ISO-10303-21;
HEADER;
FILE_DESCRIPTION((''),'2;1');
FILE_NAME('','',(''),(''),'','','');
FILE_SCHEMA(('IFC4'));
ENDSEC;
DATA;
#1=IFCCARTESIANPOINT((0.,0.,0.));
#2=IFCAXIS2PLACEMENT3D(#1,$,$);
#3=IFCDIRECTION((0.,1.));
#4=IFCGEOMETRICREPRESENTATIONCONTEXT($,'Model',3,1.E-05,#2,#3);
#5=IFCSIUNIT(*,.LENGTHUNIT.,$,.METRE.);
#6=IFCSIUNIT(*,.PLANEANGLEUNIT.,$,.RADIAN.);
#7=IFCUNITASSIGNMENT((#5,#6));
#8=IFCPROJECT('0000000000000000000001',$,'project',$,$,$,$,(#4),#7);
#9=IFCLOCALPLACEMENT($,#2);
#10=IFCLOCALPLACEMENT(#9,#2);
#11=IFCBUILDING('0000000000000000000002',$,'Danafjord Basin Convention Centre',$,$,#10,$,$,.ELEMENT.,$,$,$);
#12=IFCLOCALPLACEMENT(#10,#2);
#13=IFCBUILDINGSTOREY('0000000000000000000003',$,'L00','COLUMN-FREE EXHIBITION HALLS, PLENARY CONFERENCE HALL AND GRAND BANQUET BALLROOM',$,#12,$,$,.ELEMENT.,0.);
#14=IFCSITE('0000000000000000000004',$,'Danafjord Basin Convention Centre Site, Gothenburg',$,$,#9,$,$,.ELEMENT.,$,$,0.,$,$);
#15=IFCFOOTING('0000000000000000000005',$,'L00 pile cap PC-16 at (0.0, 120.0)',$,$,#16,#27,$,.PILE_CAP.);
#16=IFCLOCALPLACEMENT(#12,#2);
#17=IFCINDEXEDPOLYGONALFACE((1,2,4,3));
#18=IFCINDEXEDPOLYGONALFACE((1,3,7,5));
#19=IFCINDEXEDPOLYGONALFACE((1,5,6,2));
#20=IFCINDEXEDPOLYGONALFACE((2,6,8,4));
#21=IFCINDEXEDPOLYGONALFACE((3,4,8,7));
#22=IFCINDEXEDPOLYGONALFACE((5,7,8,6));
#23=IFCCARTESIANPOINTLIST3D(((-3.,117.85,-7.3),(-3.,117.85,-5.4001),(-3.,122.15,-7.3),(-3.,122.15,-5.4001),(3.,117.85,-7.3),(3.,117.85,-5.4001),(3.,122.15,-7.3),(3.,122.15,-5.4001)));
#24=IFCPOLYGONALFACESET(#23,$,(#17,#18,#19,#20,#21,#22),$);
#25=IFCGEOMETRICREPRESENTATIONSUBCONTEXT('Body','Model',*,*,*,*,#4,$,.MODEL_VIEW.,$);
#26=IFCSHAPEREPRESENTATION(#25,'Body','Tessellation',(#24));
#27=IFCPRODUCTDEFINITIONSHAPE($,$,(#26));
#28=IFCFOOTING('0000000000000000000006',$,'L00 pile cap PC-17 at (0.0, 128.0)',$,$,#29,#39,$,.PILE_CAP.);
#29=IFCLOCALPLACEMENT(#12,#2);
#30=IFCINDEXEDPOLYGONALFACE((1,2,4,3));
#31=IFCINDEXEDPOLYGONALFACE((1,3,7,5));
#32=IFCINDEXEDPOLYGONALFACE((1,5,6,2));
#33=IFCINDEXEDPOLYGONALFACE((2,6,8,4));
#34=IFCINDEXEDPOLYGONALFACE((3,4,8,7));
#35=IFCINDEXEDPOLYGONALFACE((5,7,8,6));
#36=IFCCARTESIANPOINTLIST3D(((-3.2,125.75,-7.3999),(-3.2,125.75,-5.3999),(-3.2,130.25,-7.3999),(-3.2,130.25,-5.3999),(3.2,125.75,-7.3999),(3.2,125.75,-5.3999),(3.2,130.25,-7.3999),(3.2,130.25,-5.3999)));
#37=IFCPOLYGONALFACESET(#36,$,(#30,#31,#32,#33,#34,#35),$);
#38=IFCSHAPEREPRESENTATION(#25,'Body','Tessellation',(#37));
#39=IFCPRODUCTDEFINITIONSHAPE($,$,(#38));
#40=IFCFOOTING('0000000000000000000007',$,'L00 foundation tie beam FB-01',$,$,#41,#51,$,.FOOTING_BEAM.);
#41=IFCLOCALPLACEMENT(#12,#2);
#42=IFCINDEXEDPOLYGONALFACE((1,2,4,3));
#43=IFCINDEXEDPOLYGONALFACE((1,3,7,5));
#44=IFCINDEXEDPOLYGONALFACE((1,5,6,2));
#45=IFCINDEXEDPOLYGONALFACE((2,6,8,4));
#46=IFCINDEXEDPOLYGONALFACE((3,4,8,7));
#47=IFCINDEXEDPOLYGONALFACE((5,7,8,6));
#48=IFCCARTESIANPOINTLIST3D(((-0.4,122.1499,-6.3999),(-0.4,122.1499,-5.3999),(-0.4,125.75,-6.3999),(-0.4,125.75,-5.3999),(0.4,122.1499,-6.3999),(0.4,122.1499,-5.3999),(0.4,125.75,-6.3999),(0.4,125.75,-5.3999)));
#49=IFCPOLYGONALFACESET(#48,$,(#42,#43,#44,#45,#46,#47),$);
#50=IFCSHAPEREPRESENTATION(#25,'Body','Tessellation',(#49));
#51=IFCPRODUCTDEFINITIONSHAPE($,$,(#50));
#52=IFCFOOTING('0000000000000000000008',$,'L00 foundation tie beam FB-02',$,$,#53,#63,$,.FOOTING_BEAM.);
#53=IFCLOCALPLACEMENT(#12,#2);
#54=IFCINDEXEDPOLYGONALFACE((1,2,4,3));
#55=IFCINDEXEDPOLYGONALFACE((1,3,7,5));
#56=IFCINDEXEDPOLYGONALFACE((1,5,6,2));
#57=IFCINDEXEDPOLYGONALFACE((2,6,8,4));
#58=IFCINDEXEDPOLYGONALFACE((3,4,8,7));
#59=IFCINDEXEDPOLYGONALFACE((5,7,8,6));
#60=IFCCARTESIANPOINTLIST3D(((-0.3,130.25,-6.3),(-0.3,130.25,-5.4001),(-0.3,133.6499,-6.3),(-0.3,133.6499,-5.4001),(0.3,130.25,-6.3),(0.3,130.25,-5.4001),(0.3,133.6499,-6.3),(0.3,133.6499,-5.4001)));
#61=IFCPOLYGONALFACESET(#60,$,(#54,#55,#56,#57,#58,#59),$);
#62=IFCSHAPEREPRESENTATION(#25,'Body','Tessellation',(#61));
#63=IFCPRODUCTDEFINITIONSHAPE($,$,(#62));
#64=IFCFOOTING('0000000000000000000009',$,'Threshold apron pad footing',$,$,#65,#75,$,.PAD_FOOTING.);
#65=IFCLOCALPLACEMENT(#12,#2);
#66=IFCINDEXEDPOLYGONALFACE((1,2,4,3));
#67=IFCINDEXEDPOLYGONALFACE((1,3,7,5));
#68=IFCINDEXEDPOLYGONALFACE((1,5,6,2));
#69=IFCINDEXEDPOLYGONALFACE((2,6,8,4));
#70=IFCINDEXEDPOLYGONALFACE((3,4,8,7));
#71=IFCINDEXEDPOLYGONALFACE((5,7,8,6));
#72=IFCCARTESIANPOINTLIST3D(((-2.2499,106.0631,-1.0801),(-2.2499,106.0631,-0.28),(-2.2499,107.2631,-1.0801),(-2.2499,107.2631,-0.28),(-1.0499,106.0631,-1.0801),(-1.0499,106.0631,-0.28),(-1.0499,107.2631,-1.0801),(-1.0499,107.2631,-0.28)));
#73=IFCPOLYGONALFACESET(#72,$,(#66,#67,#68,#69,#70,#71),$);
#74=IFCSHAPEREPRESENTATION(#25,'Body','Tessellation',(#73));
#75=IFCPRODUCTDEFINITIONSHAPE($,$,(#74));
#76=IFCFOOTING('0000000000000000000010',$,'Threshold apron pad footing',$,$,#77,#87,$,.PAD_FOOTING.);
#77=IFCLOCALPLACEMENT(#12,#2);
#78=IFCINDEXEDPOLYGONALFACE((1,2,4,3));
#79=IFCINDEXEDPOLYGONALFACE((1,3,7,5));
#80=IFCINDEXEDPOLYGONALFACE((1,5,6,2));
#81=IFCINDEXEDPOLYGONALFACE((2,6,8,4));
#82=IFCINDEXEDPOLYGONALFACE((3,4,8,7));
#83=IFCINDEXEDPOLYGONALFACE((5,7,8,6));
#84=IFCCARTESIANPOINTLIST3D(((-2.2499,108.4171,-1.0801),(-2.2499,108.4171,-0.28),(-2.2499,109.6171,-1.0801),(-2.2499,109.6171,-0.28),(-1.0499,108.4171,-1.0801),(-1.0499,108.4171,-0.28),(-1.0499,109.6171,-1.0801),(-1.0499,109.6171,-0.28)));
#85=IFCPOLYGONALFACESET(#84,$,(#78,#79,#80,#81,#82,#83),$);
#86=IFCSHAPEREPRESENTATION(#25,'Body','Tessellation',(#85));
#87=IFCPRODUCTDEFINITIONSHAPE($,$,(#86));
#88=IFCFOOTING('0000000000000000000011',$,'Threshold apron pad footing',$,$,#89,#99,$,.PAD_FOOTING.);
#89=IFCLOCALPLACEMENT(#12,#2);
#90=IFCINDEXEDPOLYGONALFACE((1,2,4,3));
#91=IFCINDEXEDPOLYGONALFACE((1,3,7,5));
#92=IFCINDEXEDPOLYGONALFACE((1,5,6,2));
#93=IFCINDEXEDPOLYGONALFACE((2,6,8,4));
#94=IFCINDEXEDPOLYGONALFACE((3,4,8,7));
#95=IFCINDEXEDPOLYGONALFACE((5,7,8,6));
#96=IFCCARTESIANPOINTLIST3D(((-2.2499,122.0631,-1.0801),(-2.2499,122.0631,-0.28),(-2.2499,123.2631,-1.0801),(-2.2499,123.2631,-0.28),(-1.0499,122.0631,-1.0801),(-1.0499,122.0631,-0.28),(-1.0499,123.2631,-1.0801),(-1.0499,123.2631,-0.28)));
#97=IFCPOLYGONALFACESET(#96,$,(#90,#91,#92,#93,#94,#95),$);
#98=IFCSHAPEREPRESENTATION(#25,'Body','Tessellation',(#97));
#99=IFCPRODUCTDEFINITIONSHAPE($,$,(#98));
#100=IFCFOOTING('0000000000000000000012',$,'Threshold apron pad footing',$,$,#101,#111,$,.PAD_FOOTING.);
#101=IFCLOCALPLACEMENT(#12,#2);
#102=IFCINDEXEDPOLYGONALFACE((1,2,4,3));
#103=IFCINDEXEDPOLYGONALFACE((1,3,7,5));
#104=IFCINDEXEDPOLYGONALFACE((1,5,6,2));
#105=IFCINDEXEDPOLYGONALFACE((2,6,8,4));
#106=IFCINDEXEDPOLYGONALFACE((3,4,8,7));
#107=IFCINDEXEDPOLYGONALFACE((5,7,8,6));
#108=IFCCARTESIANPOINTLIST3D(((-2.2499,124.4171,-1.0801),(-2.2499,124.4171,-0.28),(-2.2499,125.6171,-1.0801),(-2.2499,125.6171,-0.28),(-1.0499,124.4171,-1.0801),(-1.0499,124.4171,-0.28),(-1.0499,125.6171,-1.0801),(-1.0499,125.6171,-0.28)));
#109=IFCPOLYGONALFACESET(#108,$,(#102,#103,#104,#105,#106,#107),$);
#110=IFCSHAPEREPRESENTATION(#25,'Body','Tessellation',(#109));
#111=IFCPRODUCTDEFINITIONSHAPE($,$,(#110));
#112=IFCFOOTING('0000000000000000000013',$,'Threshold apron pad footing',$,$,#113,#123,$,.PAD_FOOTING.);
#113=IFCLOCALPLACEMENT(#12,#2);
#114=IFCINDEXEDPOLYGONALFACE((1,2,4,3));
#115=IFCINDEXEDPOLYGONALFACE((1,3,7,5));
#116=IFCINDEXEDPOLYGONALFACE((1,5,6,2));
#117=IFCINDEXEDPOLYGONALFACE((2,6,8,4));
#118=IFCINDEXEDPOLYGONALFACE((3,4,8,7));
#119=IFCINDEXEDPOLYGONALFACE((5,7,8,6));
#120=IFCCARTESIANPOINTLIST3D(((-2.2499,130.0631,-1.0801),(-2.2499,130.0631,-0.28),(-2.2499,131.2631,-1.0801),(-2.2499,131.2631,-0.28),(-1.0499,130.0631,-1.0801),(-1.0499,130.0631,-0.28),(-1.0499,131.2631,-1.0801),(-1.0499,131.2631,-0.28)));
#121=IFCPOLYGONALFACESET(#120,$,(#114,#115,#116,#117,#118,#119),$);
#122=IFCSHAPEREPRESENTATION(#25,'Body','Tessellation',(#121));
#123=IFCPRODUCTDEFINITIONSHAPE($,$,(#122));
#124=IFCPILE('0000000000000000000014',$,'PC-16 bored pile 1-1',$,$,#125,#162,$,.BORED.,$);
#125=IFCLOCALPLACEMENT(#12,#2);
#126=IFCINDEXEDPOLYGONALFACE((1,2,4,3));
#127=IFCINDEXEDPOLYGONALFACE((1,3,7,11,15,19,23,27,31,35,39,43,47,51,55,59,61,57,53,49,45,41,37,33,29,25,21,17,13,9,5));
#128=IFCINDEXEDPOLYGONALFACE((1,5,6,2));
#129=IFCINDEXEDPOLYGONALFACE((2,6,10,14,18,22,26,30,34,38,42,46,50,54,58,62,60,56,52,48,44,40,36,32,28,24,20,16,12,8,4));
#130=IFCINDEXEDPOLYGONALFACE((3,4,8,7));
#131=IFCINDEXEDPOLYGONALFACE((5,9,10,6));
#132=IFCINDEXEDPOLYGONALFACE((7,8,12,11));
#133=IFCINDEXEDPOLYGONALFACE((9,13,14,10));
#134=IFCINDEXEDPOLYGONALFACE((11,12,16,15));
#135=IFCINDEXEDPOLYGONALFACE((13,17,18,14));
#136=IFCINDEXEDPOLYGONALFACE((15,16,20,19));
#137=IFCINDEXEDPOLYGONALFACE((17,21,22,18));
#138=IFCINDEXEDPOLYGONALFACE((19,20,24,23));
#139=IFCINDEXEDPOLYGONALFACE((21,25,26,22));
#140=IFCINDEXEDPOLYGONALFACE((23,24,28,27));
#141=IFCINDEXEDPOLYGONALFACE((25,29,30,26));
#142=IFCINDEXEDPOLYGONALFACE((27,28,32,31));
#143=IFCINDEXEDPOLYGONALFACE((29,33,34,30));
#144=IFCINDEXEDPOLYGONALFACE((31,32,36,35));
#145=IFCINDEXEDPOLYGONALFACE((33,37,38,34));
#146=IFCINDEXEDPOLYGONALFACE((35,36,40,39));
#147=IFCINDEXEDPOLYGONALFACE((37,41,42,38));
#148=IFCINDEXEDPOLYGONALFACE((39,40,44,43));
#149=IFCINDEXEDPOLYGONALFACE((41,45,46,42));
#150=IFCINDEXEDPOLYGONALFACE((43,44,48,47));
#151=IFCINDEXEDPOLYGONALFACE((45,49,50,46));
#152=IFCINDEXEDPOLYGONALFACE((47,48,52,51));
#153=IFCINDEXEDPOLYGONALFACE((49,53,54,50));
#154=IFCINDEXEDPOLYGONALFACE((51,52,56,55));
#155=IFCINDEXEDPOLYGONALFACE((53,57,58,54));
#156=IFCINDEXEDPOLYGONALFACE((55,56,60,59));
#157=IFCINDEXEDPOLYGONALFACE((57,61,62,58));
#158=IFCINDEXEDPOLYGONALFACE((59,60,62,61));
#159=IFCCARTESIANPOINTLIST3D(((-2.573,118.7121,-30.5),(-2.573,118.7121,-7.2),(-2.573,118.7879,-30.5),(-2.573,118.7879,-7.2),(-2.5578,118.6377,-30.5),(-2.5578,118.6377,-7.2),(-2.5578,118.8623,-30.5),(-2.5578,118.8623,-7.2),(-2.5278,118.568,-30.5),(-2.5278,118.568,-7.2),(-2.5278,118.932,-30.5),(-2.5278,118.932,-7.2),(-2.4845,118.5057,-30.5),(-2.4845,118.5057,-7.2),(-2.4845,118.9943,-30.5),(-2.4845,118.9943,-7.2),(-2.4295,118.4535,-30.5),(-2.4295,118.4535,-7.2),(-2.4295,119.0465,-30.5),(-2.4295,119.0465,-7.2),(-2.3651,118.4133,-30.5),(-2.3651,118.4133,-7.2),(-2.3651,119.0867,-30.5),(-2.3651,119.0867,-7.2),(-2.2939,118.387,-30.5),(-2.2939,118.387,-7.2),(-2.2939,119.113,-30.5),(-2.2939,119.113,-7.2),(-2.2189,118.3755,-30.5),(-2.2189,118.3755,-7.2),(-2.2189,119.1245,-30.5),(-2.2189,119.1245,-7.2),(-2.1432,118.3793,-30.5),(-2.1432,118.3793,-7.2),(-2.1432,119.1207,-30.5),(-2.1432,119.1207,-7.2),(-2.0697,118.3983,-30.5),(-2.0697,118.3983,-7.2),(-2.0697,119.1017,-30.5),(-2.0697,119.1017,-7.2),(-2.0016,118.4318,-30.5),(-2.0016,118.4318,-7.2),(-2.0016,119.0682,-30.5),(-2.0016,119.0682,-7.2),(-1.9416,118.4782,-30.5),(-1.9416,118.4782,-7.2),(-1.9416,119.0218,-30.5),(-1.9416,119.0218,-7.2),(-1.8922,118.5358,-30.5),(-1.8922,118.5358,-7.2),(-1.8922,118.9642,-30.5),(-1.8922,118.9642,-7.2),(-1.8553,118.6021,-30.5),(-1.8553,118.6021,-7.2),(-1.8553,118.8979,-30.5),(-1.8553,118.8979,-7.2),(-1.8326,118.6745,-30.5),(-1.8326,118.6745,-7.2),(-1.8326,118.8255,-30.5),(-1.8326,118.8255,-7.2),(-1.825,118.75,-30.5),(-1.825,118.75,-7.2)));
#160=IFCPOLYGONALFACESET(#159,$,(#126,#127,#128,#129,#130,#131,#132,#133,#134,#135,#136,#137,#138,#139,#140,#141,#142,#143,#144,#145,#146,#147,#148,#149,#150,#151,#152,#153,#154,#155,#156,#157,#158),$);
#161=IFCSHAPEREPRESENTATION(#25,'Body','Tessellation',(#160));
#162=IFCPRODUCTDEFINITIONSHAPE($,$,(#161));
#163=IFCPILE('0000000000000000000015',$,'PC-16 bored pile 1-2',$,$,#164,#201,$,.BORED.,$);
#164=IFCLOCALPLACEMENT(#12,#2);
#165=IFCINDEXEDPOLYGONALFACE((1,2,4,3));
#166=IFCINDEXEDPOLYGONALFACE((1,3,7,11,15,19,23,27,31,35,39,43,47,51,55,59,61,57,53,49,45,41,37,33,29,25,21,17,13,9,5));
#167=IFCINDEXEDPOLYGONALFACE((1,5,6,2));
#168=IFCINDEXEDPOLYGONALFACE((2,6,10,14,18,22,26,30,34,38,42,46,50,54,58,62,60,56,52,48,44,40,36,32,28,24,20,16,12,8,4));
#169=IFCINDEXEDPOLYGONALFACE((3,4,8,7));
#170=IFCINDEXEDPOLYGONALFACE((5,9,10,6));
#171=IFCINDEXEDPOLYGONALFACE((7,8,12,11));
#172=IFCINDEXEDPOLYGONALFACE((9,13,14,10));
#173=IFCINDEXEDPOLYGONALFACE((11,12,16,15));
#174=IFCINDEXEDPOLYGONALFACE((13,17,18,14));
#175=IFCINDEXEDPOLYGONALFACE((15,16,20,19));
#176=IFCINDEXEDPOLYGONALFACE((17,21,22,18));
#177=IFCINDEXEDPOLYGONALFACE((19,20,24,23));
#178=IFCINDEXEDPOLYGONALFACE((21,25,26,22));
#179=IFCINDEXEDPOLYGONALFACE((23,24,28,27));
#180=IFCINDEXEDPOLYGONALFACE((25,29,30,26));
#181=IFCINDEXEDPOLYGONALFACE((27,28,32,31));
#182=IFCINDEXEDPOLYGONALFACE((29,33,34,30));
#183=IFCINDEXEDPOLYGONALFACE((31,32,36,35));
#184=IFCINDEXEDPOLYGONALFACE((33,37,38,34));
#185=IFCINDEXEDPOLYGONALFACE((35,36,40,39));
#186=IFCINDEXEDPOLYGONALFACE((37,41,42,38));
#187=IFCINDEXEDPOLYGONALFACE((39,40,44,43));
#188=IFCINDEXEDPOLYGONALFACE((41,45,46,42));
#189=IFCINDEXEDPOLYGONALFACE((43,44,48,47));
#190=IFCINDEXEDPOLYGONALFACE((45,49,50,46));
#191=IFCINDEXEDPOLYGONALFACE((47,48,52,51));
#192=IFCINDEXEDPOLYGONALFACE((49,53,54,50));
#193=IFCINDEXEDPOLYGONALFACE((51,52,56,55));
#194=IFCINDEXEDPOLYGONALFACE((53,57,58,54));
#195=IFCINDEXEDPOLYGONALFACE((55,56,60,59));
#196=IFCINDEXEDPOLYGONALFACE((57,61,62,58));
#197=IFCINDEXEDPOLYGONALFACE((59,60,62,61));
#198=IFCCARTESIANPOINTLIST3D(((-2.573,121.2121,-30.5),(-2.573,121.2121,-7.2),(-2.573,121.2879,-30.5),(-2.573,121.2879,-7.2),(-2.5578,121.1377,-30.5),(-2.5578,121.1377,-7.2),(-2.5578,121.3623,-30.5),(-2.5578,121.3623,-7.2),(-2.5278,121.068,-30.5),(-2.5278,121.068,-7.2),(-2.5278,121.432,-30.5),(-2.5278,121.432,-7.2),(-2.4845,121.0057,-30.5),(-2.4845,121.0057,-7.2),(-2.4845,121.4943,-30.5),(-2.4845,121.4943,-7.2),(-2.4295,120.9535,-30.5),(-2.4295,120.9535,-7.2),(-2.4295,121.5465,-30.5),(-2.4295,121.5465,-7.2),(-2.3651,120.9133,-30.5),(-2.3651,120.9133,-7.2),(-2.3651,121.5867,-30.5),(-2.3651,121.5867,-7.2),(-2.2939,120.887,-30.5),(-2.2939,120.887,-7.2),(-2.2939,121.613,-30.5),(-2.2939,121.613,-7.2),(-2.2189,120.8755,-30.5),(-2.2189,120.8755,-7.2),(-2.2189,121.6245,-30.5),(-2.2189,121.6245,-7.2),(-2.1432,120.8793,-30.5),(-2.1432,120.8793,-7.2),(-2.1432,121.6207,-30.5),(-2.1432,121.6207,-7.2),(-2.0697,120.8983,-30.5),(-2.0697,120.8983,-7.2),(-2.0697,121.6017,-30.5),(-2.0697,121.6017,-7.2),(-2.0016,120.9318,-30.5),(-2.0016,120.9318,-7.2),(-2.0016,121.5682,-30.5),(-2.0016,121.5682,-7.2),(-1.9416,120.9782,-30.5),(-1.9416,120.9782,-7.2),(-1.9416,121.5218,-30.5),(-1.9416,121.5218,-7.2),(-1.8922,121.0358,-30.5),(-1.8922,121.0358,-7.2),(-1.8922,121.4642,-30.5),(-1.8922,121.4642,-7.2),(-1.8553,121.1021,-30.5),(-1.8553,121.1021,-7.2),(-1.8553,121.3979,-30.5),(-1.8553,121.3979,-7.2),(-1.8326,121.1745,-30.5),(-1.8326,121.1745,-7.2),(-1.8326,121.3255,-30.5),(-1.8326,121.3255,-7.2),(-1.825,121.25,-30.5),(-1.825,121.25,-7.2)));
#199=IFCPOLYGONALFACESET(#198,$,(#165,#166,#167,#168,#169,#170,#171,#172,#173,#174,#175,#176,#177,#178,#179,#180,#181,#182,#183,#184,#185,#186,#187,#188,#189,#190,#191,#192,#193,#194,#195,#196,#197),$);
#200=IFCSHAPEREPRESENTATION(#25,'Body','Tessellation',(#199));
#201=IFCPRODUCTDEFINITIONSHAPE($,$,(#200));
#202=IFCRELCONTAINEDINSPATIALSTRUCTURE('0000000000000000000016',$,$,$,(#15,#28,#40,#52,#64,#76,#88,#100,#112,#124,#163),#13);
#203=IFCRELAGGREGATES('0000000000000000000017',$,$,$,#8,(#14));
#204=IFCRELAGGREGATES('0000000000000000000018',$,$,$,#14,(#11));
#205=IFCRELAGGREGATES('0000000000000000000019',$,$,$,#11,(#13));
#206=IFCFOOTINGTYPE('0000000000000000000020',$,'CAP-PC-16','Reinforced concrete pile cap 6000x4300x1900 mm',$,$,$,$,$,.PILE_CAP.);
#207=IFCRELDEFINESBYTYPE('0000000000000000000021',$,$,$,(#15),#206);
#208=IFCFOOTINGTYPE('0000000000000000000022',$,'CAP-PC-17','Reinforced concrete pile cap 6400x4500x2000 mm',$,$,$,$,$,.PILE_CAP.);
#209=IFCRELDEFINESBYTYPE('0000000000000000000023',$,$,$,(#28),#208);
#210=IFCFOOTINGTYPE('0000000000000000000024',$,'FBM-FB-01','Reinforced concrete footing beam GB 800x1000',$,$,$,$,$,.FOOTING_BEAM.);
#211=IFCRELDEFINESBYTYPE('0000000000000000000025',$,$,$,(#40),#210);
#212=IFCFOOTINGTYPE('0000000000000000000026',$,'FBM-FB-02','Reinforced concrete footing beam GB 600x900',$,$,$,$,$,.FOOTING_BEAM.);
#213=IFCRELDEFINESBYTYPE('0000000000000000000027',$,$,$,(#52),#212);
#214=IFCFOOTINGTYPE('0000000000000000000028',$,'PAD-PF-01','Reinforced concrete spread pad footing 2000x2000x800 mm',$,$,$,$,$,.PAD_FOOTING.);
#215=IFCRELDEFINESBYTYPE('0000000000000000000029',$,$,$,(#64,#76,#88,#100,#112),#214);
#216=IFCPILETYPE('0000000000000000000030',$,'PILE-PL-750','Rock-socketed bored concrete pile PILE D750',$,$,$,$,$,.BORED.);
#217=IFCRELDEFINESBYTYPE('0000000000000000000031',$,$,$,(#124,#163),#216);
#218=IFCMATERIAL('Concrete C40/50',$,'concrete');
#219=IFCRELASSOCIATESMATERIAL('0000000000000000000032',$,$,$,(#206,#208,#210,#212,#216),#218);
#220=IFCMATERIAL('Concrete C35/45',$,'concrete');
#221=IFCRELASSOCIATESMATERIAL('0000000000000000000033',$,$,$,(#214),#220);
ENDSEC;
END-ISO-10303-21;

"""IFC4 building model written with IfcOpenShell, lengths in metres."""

from ifc_helpers import new_model, si_unit, direction, frame, origin, origin_2d, place, context, subcontext, project, spatial, rectangle, circle, extrude, material, material_profile, profile_set, type_object, element, save


model = new_model("IFC4")

# Units and contexts
model_context = context("Model", 3, precision=1e-05, world=origin(), true_north=direction((0.0, 1.0)))
body_context = subcontext(model_context, "Body", "Model", "MODEL_VIEW")
ifc_project = project(units=[si_unit("LENGTHUNIT", "METRE"), si_unit("PLANEANGLEUNIT", "RADIAN")], contexts=[model_context])

# Site, building, storey
site_placement = place(None, origin())
site = spatial("IfcSite", under=ifc_project, at=site_placement, Name="Danafjord Basin Convention Centre Site, Gothenburg", CompositionType="ELEMENT", RefElevation=0.0)
building_placement = place(site_placement, origin())
building = spatial("IfcBuilding", under=site, at=building_placement, Name="Danafjord Basin Convention Centre", CompositionType="ELEMENT")
storey_placement = place(building_placement, origin())
storey = spatial("IfcBuildingStorey", under=building, at=storey_placement, Name="L00", Description="COLUMN-FREE EXHIBITION HALLS, PLENARY CONFERENCE HALL AND GRAND BANQUET BALLROOM", CompositionType="ELEMENT", Elevation=0.0)

# Footings
ifc_material_1 = material(Name="Concrete C40/50", Category="concrete")
footing_type_1 = type_object("IfcFootingType", Name="CAP-PC-16", Description="Reinforced concrete pile cap 6000x4300x1900 mm", PredefinedType="PILE_CAP", material=ifc_material_1)
footing_1_placement = place(storey_placement, frame((0.0, 120.0, -7.3), z_axis=(0.0, 0.0, 1.0), x_axis=(1.0, 0.0, 0.0)))
element("IfcFooting", 1, at=footing_1_placement, inside=storey, type_object=footing_type_1, Name="L00 pile cap PC-16 at (0.0, 120.0)", PredefinedType="PILE_CAP", context=body_context, shape_type="SweptSolid", body=[
    extrude(rectangle(XDim=6.0, YDim=4.3, at=origin_2d()), origin(), (0.0, 0.0, 1.0), 1.8999),
])
footing_type_2 = type_object("IfcFootingType", Name="CAP-PC-17", Description="Reinforced concrete pile cap 6400x4500x2000 mm", PredefinedType="PILE_CAP", material=ifc_material_1)
footing_2_placement = place(storey_placement, frame((0.0, 128.0, -7.3999), z_axis=(0.0, 0.0, 1.0), x_axis=(1.0, 0.0, 0.0)))
element("IfcFooting", 2, at=footing_2_placement, inside=storey, type_object=footing_type_2, Name="L00 pile cap PC-17 at (0.0, 128.0)", PredefinedType="PILE_CAP", context=body_context, shape_type="SweptSolid", body=[
    extrude(rectangle(XDim=6.3999, YDim=4.5, at=origin_2d()), origin(), (0.0, 0.0, 1.0), 2.0),
])
ifc_material_profile_1 = material_profile(ifc_material_1, rectangle(XDim=0.8, YDim=1.0, at=origin_2d()), Name="GB 800x1000")
ifc_profile_set_1 = profile_set([ifc_material_profile_1], Name="Concrete C40/50")
footing_type_3 = type_object("IfcFootingType", Name="FBM-FB-01", Description="Reinforced concrete footing beam GB 800x1000", PredefinedType="FOOTING_BEAM", material=ifc_profile_set_1)
footing_3_placement = place(storey_placement, frame((0.0, 122.1499, -5.8999), z_axis=(0.0, 1.0, 0.0), x_axis=(-1.0, 0.0, 0.0)))
element("IfcFooting", 3, at=footing_3_placement, inside=storey, type_object=footing_type_3, Name="L00 foundation tie beam FB-01", PredefinedType="FOOTING_BEAM", context=body_context, shape_type="SweptSolid", body=[
    extrude(rectangle(XDim=0.8, YDim=1.0, at=origin_2d()), origin(), (0.0, 0.0, 1.0), 3.6001),
])
ifc_material_profile_2 = material_profile(ifc_material_1, rectangle(XDim=0.6001, YDim=0.8999, at=origin_2d()), Name="GB 600x900")
ifc_profile_set_2 = profile_set([ifc_material_profile_2], Name="Concrete C40/50")
footing_type_4 = type_object("IfcFootingType", Name="FBM-FB-02", Description="Reinforced concrete footing beam GB 600x900", PredefinedType="FOOTING_BEAM", material=ifc_profile_set_2)
footing_4_placement = place(storey_placement, frame((0.0, 130.25, -5.8501), z_axis=(0.0, 1.0, 0.0), x_axis=(-1.0, 0.0, 0.0)))
element("IfcFooting", 4, at=footing_4_placement, inside=storey, type_object=footing_type_4, Name="L00 foundation tie beam FB-02", PredefinedType="FOOTING_BEAM", context=body_context, shape_type="SweptSolid", body=[
    extrude(rectangle(XDim=0.6001, YDim=0.8999, at=origin_2d()), origin(), (0.0, 0.0, 1.0), 3.3999),
])
ifc_material_2 = material(Name="Concrete C35/45", Category="concrete")
footing_type_5 = type_object("IfcFootingType", Name="PAD-PF-01", Description="Reinforced concrete spread pad footing 2000x2000x800 mm", PredefinedType="PAD_FOOTING", material=ifc_material_2)
for number, where, z_axis, x_axis, name in (
    (5, (-1.6499, 106.6631, -1.0801), (0.0, 0.0, 1.0), (1.0, 0.0, 0.0), "Threshold apron pad footing"),
    (6, (-1.6499, 109.0171, -1.0801), (0.0, 0.0, 1.0), (1.0, 0.0, 0.0), "Threshold apron pad footing"),
    (7, (-1.6499, 122.6631, -1.0801), (0.0, 0.0, 1.0), (1.0, 0.0, 0.0), "Threshold apron pad footing"),
    (8, (-1.6499, 125.0171, -1.0801), (0.0, 0.0, 1.0), (1.0, 0.0, 0.0), "Threshold apron pad footing"),
    (9, (-1.6499, 130.6631, -1.0801), (0.0, 0.0, 1.0), (1.0, 0.0, 0.0), "Threshold apron pad footing"),
):
    element("IfcFooting", number, at=place(storey_placement, frame(where, z_axis=z_axis, x_axis=x_axis)), inside=storey, type_object=footing_type_5, Name=name, PredefinedType="PAD_FOOTING", context=body_context, shape_type="SweptSolid", body=[
        extrude(rectangle(XDim=1.2, YDim=1.2, at=origin_2d()), origin(), (0.0, 0.0, 1.0), 0.8),
    ])

# Piles
ifc_material_profile_3 = material_profile(ifc_material_1, circle(Radius=0.375, at=origin_2d()), Name="PILE D750")
ifc_profile_set_3 = profile_set([ifc_material_profile_3], Name="Concrete C40/50")
pile_type_1 = type_object("IfcPileType", Name="PILE-PL-750", Description="Rock-socketed bored concrete pile PILE D750", PredefinedType="BORED", material=ifc_profile_set_3)
for number, where, z_axis, x_axis, name in (
    (10, (-2.2, 118.75, -7.2), (0.0, 0.0, -1.0), (1.0, 0.0, 0.0), "PC-16 bored pile 1-1"),
    (11, (-2.2, 121.25, -7.2), (0.0, 0.0, -1.0), (1.0, 0.0, 0.0), "PC-16 bored pile 1-2"),
):
    element("IfcPile", number, at=place(storey_placement, frame(where, z_axis=z_axis, x_axis=x_axis)), inside=storey, type_object=pile_type_1, Name=name, PredefinedType="BORED", context=body_context, shape_type="SweptSolid", body=[
        extrude(circle(Radius=0.375, at=origin_2d()), origin(), (0.0, 0.0, 1.0), 23.3),
    ])

save(model, "model.ifc")
